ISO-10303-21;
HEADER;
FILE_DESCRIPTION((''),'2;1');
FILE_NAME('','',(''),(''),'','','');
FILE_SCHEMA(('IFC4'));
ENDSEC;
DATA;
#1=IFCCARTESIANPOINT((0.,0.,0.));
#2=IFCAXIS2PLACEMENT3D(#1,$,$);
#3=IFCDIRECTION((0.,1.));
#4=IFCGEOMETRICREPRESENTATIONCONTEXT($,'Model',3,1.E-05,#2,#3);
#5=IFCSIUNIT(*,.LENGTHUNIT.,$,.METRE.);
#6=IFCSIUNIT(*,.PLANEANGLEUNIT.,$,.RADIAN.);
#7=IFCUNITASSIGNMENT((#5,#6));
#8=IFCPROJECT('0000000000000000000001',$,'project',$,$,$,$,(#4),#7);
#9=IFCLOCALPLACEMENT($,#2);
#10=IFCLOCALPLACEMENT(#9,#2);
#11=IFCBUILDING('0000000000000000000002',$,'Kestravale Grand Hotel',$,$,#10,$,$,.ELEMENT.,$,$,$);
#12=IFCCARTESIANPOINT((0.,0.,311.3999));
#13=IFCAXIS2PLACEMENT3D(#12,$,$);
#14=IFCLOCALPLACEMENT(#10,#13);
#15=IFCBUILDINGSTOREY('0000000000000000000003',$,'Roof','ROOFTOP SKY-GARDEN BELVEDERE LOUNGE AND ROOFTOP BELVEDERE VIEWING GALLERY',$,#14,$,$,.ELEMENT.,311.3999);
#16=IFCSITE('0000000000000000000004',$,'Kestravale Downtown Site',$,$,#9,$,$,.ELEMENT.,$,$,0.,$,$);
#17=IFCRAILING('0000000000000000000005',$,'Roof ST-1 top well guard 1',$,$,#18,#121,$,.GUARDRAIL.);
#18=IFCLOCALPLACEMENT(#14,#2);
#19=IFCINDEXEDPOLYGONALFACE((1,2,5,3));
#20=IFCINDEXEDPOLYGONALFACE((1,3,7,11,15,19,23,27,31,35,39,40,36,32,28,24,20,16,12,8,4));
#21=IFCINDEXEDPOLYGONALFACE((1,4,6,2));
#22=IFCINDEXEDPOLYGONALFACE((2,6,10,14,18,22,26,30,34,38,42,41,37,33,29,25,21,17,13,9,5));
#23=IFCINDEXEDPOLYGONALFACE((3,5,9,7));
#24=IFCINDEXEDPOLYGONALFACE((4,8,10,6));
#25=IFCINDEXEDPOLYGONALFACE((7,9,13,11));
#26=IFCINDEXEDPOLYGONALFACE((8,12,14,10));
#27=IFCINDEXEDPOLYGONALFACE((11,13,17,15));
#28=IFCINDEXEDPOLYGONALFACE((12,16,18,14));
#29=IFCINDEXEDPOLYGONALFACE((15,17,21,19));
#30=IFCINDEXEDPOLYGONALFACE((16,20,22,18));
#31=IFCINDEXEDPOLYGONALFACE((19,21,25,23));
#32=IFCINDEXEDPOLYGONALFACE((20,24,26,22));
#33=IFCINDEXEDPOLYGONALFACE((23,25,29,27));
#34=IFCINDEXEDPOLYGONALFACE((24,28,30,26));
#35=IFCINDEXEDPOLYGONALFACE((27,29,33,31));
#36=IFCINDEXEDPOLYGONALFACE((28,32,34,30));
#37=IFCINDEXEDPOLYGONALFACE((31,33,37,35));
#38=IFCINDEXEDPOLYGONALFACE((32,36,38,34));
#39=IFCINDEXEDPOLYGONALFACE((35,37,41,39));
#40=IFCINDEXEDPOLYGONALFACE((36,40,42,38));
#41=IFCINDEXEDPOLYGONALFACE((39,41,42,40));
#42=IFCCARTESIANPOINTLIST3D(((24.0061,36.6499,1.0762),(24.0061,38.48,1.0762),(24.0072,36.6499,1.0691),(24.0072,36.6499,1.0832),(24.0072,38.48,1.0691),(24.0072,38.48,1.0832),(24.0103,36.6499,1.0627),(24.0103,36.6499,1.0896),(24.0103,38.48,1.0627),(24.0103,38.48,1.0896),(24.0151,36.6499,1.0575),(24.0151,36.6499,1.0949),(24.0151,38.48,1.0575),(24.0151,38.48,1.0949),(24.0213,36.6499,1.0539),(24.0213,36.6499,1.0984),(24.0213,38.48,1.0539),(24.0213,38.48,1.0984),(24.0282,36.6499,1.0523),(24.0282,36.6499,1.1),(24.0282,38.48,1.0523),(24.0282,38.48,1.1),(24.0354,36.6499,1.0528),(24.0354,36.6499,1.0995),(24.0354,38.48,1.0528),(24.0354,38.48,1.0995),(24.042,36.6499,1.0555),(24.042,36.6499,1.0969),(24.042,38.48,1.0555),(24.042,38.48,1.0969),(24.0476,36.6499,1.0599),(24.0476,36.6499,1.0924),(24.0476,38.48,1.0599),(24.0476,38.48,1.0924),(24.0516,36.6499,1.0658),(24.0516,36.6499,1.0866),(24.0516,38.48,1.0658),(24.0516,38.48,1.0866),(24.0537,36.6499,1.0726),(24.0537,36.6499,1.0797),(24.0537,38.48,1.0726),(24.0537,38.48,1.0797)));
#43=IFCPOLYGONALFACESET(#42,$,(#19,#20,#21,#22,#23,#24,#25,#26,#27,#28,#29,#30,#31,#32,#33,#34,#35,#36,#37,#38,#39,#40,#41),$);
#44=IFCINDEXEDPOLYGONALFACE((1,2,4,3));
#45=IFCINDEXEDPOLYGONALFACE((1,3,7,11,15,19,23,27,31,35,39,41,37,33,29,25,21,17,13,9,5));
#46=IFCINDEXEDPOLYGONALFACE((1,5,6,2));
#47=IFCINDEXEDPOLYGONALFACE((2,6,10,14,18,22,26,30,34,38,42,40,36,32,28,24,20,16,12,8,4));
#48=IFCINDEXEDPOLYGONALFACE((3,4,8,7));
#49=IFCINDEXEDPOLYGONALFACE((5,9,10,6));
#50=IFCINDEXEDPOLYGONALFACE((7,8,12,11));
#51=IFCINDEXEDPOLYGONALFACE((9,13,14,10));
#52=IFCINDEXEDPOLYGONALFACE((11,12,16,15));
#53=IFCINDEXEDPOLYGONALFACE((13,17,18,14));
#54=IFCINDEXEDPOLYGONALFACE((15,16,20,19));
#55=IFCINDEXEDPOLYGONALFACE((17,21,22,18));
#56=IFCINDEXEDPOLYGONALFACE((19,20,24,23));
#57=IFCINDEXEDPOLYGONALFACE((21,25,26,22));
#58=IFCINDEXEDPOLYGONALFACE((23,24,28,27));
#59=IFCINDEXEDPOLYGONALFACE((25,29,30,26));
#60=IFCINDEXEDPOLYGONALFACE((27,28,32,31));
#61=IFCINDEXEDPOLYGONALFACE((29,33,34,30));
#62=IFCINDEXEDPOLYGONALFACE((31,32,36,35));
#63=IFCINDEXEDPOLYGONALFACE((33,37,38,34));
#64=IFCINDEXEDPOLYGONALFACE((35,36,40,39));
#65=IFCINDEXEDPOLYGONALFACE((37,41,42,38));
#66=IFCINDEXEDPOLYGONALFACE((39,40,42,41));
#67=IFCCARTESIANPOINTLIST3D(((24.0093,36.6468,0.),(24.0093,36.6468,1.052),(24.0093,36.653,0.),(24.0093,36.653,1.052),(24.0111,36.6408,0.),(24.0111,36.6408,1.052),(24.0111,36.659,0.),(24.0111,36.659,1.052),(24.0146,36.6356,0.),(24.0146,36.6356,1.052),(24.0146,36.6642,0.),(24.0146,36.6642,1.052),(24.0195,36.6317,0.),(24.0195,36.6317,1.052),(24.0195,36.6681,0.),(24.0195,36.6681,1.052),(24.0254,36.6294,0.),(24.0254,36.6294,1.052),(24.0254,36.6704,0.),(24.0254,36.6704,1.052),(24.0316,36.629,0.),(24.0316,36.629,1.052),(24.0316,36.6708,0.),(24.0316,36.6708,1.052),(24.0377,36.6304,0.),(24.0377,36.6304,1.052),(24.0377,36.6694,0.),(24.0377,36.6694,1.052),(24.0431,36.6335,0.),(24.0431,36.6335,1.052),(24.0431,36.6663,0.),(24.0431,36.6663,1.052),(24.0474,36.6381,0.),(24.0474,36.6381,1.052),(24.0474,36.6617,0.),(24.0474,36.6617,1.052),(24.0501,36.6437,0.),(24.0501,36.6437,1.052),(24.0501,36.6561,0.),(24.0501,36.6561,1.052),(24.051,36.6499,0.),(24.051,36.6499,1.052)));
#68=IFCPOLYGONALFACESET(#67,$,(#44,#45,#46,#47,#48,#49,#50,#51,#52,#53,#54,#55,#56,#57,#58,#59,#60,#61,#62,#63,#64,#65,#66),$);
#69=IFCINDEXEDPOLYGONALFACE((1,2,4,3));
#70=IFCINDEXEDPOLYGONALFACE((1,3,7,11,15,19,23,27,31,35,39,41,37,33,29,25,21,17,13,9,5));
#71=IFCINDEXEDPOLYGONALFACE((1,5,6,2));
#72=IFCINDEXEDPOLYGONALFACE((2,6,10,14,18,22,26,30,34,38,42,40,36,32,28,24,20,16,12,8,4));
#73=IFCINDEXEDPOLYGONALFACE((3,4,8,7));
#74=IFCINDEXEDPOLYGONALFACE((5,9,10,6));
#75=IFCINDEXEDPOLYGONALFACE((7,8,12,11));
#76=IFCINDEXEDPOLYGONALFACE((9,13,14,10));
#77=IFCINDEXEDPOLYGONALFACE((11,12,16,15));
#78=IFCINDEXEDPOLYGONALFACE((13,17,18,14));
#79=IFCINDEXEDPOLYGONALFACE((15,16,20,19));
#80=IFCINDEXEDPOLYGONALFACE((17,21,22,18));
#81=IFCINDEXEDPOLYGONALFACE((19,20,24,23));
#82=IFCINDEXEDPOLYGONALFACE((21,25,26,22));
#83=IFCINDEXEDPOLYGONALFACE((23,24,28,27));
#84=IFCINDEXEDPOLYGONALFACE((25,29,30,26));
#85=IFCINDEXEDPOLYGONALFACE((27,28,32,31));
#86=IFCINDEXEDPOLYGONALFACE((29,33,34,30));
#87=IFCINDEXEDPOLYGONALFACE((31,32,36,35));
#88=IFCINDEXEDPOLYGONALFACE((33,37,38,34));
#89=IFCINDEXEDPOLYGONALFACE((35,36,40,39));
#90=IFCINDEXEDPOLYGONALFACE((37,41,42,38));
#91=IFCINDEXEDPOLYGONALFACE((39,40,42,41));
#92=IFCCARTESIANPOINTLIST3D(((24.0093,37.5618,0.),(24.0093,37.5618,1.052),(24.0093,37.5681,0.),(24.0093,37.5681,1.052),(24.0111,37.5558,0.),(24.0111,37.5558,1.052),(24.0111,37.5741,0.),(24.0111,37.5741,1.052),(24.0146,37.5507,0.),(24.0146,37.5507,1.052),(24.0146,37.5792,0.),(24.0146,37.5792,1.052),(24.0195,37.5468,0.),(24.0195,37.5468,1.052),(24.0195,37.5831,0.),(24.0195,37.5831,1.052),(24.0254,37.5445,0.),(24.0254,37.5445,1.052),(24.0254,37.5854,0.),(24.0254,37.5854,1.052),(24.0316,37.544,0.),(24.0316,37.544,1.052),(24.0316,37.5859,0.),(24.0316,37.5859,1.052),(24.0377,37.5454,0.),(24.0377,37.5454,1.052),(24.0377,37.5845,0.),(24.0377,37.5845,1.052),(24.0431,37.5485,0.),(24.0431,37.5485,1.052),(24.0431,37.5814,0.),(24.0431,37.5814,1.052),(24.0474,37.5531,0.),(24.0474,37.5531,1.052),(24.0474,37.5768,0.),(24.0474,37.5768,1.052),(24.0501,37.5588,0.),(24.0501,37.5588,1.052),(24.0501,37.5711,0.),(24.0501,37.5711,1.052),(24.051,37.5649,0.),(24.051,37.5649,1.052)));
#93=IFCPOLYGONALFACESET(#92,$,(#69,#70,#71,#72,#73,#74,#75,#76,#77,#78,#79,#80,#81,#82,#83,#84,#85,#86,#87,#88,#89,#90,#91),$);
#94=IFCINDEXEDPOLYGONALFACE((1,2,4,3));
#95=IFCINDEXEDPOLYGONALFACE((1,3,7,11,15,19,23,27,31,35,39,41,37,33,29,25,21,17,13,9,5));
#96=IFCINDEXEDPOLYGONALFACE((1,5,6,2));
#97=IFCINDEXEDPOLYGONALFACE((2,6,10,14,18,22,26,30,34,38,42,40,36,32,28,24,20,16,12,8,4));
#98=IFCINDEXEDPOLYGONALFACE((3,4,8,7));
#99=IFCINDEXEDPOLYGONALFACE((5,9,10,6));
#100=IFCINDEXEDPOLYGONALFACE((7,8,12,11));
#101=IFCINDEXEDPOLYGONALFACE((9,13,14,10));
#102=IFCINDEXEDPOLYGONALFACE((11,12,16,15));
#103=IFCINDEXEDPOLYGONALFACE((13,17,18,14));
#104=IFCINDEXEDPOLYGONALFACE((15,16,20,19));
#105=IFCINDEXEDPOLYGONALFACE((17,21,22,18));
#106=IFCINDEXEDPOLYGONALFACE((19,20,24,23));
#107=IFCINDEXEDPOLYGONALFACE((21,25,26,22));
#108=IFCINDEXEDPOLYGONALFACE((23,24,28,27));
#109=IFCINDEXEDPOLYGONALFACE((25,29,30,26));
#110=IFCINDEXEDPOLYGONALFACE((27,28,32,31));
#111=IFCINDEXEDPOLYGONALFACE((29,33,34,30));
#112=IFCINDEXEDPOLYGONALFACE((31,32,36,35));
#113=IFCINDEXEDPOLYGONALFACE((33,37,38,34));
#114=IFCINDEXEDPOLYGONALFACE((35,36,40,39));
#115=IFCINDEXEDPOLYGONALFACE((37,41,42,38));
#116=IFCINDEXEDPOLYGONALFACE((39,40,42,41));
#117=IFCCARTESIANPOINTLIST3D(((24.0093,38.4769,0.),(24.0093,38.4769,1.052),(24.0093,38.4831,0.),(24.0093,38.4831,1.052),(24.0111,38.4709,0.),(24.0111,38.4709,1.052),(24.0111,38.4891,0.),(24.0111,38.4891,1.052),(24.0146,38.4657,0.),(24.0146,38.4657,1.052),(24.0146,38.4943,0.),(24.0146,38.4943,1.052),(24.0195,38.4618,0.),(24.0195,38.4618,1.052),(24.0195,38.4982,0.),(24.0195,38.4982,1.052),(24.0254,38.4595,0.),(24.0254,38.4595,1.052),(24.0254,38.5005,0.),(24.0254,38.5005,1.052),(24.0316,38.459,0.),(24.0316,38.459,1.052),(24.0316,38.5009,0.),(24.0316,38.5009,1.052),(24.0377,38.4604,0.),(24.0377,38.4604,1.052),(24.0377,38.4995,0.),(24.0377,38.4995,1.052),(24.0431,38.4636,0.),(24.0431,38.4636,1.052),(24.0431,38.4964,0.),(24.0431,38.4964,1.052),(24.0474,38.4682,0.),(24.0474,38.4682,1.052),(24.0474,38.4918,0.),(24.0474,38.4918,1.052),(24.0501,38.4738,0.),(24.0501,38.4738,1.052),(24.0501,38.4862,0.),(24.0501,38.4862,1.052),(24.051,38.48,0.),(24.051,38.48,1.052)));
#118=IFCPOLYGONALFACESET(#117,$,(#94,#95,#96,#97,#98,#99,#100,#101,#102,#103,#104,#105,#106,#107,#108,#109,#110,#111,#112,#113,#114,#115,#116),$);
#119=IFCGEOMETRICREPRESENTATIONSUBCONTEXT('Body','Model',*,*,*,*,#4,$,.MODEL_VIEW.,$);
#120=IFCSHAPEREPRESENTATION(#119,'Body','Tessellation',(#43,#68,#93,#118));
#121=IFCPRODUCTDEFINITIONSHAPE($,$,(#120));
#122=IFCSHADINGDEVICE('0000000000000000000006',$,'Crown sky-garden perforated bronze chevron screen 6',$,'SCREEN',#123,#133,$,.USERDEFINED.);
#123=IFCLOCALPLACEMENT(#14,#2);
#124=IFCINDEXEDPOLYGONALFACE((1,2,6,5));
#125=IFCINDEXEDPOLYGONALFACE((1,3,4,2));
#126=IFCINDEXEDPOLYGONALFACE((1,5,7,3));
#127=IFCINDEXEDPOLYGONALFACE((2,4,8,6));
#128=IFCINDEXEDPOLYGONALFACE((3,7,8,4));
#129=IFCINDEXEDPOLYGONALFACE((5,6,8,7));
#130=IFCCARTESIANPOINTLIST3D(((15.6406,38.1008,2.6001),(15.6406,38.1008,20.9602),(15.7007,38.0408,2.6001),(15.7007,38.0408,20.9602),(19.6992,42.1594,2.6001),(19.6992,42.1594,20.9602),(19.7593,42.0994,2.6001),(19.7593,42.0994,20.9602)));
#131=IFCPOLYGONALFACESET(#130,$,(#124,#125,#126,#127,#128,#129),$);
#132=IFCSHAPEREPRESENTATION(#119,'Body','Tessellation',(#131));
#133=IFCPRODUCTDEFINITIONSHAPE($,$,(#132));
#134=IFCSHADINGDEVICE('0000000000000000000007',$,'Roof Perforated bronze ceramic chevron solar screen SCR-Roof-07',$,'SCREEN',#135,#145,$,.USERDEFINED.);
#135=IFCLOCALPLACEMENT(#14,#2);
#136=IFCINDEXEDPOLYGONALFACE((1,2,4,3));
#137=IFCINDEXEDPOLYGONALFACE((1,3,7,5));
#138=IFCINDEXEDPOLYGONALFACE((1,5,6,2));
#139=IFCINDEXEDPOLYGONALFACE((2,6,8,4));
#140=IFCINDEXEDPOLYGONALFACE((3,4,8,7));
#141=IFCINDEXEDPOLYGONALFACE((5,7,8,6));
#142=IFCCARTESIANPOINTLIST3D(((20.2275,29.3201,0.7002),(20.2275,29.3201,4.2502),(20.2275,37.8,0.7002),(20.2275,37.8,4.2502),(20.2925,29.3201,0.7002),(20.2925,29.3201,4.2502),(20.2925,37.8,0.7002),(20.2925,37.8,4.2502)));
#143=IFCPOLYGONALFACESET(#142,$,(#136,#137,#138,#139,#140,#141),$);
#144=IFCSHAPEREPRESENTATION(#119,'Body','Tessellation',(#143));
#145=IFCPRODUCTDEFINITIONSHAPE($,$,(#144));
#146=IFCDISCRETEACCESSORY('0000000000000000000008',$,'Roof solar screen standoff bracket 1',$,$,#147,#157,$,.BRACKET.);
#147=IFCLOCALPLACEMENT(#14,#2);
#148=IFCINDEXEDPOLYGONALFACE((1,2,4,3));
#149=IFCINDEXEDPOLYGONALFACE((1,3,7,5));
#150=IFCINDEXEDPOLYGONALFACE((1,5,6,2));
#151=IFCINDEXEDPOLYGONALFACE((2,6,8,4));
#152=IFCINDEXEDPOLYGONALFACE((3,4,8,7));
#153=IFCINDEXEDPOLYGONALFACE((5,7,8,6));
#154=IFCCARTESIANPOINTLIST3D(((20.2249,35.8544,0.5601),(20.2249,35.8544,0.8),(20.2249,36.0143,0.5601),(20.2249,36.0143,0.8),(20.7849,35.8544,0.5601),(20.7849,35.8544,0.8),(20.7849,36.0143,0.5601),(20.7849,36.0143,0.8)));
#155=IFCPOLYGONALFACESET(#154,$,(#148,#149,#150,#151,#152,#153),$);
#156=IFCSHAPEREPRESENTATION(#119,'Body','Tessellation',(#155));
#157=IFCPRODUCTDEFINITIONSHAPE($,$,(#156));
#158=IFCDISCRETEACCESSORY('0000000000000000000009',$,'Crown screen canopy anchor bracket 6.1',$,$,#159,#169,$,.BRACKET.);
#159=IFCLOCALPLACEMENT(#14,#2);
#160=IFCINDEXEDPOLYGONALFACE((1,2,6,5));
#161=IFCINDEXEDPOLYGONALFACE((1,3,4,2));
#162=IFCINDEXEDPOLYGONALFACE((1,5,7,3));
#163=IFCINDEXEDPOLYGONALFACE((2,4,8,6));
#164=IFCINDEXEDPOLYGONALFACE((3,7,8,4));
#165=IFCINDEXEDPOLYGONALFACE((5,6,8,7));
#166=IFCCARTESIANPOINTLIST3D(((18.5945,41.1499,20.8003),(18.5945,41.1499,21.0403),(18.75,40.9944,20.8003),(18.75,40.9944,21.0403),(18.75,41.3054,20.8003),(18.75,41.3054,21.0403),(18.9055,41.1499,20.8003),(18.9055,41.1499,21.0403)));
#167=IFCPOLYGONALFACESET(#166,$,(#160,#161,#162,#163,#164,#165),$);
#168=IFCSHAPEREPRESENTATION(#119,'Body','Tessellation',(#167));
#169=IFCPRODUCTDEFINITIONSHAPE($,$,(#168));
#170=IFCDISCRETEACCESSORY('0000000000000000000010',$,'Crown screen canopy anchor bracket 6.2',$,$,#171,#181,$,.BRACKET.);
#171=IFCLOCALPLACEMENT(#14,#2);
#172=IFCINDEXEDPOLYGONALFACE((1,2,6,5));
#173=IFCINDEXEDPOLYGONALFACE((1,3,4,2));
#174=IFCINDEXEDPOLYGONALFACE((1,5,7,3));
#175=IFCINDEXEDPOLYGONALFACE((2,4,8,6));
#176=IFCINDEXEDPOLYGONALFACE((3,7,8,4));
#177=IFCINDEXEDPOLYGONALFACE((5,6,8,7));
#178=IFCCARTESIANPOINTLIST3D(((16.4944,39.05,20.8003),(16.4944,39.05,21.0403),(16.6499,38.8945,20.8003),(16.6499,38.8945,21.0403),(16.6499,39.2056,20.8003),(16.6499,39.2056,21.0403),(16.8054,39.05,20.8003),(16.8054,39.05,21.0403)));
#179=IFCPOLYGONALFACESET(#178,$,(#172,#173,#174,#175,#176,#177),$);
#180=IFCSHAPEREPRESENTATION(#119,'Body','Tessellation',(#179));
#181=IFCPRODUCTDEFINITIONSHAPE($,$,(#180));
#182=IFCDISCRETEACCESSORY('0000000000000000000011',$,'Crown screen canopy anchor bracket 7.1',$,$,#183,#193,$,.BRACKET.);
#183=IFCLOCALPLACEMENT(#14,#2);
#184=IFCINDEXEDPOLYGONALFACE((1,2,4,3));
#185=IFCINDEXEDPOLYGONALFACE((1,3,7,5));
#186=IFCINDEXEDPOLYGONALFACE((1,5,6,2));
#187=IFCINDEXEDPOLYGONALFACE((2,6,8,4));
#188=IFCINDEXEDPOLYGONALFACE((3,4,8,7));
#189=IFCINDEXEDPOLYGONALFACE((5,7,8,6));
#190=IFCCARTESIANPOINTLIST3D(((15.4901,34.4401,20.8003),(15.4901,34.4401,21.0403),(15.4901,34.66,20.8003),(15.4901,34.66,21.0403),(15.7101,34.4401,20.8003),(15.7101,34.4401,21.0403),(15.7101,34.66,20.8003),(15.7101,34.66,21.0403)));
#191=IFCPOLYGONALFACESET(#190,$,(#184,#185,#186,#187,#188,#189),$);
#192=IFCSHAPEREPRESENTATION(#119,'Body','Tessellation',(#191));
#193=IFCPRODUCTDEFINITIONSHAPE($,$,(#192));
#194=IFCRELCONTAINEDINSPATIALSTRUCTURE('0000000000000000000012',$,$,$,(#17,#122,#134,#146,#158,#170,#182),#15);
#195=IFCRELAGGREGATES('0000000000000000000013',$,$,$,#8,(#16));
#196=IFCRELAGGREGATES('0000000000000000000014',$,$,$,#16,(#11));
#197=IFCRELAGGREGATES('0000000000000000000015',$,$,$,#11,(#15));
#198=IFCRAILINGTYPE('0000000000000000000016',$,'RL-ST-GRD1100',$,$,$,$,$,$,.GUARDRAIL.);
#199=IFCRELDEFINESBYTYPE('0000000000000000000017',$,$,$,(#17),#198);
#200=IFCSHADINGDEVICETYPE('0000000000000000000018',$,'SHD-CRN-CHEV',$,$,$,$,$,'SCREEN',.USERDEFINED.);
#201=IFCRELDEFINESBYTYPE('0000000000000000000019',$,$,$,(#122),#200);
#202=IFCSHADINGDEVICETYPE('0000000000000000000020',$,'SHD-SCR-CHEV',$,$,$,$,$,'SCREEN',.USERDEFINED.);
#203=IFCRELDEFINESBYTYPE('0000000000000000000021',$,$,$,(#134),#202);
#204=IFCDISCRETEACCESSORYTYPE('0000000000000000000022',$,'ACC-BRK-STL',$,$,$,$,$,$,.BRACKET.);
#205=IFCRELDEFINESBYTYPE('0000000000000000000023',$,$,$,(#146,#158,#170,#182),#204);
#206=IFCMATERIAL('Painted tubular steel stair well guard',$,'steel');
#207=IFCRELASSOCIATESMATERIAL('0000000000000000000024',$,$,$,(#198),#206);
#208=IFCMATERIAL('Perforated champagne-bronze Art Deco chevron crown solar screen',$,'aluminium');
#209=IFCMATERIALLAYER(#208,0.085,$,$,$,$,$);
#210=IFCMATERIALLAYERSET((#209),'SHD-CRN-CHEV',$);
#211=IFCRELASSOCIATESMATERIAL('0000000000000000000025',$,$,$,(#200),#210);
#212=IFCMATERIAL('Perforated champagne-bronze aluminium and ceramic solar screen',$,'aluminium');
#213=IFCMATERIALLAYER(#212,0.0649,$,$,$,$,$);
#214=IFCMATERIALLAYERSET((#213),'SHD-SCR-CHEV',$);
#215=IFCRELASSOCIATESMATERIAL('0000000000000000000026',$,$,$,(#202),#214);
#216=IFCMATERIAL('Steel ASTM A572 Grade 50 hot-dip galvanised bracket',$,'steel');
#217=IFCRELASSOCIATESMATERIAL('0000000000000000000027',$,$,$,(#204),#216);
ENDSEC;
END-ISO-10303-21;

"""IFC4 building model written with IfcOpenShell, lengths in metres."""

from ifc_helpers import new_model, si_unit, direction, frame, origin, origin_2d, place, context, subcontext, project, spatial, rectangle, circle, extrude, material, layer, layer_set, type_object, element, save


model = new_model("IFC4")

# Units and contexts
model_context = context("Model", 3, precision=1e-05, world=origin(), true_north=direction((0.0, 1.0)))
body_context = subcontext(model_context, "Body", "Model", "MODEL_VIEW")
ifc_project = project(units=[si_unit("LENGTHUNIT", "METRE"), si_unit("PLANEANGLEUNIT", "RADIAN")], contexts=[model_context])

# Site, building, storey
site_placement = place(None, origin())
site = spatial("IfcSite", under=ifc_project, at=site_placement, Name="Kestravale Downtown Site", CompositionType="ELEMENT", RefElevation=0.0)
building_placement = place(site_placement, origin())
building = spatial("IfcBuilding", under=site, at=building_placement, Name="Kestravale Grand Hotel", CompositionType="ELEMENT")
storey_placement = place(building_placement, frame((0.0, 0.0, 311.3999)))
storey = spatial("IfcBuildingStorey", under=building, at=storey_placement, Name="Roof", Description="ROOFTOP SKY-GARDEN BELVEDERE LOUNGE AND ROOFTOP BELVEDERE VIEWING GALLERY", CompositionType="ELEMENT", Elevation=311.3999)

# Railing
ifc_material_1 = material(Name="Painted tubular steel stair well guard", Category="steel")
railing_type = type_object("IfcRailingType", Name="RL-ST-GRD1100", PredefinedType="GUARDRAIL", material=ifc_material_1)
railing_placement = place(storey_placement, frame((24.03, 36.6499, 0.0)))
element("IfcRailing", 1, at=railing_placement, inside=storey, type_object=railing_type, Name="Roof ST-1 top well guard 1", PredefinedType="GUARDRAIL", context=body_context, shape_type="SweptSolid", body=[
    extrude(circle(Radius=0.0239, at=origin_2d()), frame((0.0, 0.0, 1.0762), z_axis=(0.0, 1.0, 0.0), x_axis=(-1.0, 0.0, 0.0)), (0.0, 0.0, 1.0), 1.8301),
    extrude(circle(Radius=0.021, at=origin_2d()), origin(), (0.0, 0.0, 1.0), 1.052),
    extrude(circle(Radius=0.021, at=origin_2d()), frame((0.0, 0.915, 0.0)), (0.0, 0.0, 1.0), 1.052),
    extrude(circle(Radius=0.021, at=origin_2d()), frame((0.0, 1.8301, 0.0)), (0.0, 0.0, 1.0), 1.052),
])

# Shading devices
ifc_material_2 = material(Name="Perforated champagne-bronze Art Deco chevron crown solar screen", Category="aluminium")
ifc_layer_1 = layer(ifc_material_2, 0.085)
ifc_layer_set_1 = layer_set([ifc_layer_1], Name="SHD-CRN-CHEV")
shading_device_type_1 = type_object("IfcShadingDeviceType", Name="SHD-CRN-CHEV", ElementType="SCREEN", PredefinedType="USERDEFINED", material=ifc_layer_set_1)
shading_device_1_placement = place(storey_placement, frame((17.7, 40.1001, 2.6001), z_axis=(0.0, 0.0, 1.0), x_axis=(-0.707107, -0.707107, 0.0)))
element("IfcShadingDevice", 2, at=shading_device_1_placement, inside=storey, type_object=shading_device_type_1, Name="Crown sky-garden perforated bronze chevron screen 6", ObjectType="SCREEN", PredefinedType="USERDEFINED", context=body_context, shape_type="SweptSolid", body=[
    extrude(rectangle(XDim=5.7397, YDim=0.085, at=origin_2d()), origin(), (0.0, 0.0, 1.0), 18.3601),
])
ifc_material_3 = material(Name="Perforated champagne-bronze aluminium and ceramic solar screen", Category="aluminium")
ifc_layer_2 = layer(ifc_material_3, 0.0649)
ifc_layer_set_2 = layer_set([ifc_layer_2], Name="SHD-SCR-CHEV")
shading_device_type_2 = type_object("IfcShadingDeviceType", Name="SHD-SCR-CHEV", ElementType="SCREEN", PredefinedType="USERDEFINED", material=ifc_layer_set_2)
shading_device_2_placement = place(storey_placement, frame((20.26, 33.5601, 0.7002), z_axis=(0.0, 0.0, 1.0), x_axis=(0.0, -1.0, 0.0)))
element("IfcShadingDevice", 3, at=shading_device_2_placement, inside=storey, type_object=shading_device_type_2, Name="Roof Perforated bronze ceramic chevron solar screen SCR-Roof-07", ObjectType="SCREEN", PredefinedType="USERDEFINED", context=body_context, shape_type="SweptSolid", body=[
    extrude(rectangle(XDim=8.48, YDim=0.0649, at=origin_2d()), origin(), (0.0, 0.0, 1.0), 3.55),
])

# Discrete accessories
ifc_material_4 = material(Name="Steel ASTM A572 Grade 50 hot-dip galvanised bracket", Category="steel")
discrete_accessory_type = type_object("IfcDiscreteAccessoryType", Name="ACC-BRK-STL", PredefinedType="BRACKET", material=ifc_material_4)
discrete_accessory_placement = place(storey_placement, frame((20.5049, 35.9343, 0.5601), z_axis=(0.0, 0.0, 1.0), x_axis=(0.0, -1.0, 0.0)))
element("IfcDiscreteAccessory", 4, at=discrete_accessory_placement, inside=storey, type_object=discrete_accessory_type, Name="Roof solar screen standoff bracket 1", PredefinedType="BRACKET", context=body_context, shape_type="SweptSolid", body=[
    extrude(rectangle(XDim=0.1599, YDim=0.5601, at=origin_2d()), origin(), (0.0, 0.0, 1.0), 0.24),
])
for number, where, z_axis, x_axis, name in (
    (5, (18.75, 41.1499, 20.8003), (0.0, 0.0, 1.0), (-0.707107, -0.707107, 0.0), "Crown screen canopy anchor bracket 6.1"),
    (6, (16.6499, 39.05, 20.8003), (0.0, 0.0, 1.0), (-0.707107, -0.707107, 0.0), "Crown screen canopy anchor bracket 6.2"),
    (7, (15.6001, 34.55, 20.8003), (0.0, 0.0, 1.0), (0.0, -1.0, 0.0), "Crown screen canopy anchor bracket 7.1"),
):
    element("IfcDiscreteAccessory", number, at=place(storey_placement, frame(where, z_axis=z_axis, x_axis=x_axis)), inside=storey, type_object=discrete_accessory_type, Name=name, PredefinedType="BRACKET", context=body_context, shape_type="SweptSolid", body=[
        extrude(rectangle(XDim=0.22, YDim=0.22, at=origin_2d()), origin(), (0.0, 0.0, 1.0), 0.24),
    ])

save(model, "model.ifc")
